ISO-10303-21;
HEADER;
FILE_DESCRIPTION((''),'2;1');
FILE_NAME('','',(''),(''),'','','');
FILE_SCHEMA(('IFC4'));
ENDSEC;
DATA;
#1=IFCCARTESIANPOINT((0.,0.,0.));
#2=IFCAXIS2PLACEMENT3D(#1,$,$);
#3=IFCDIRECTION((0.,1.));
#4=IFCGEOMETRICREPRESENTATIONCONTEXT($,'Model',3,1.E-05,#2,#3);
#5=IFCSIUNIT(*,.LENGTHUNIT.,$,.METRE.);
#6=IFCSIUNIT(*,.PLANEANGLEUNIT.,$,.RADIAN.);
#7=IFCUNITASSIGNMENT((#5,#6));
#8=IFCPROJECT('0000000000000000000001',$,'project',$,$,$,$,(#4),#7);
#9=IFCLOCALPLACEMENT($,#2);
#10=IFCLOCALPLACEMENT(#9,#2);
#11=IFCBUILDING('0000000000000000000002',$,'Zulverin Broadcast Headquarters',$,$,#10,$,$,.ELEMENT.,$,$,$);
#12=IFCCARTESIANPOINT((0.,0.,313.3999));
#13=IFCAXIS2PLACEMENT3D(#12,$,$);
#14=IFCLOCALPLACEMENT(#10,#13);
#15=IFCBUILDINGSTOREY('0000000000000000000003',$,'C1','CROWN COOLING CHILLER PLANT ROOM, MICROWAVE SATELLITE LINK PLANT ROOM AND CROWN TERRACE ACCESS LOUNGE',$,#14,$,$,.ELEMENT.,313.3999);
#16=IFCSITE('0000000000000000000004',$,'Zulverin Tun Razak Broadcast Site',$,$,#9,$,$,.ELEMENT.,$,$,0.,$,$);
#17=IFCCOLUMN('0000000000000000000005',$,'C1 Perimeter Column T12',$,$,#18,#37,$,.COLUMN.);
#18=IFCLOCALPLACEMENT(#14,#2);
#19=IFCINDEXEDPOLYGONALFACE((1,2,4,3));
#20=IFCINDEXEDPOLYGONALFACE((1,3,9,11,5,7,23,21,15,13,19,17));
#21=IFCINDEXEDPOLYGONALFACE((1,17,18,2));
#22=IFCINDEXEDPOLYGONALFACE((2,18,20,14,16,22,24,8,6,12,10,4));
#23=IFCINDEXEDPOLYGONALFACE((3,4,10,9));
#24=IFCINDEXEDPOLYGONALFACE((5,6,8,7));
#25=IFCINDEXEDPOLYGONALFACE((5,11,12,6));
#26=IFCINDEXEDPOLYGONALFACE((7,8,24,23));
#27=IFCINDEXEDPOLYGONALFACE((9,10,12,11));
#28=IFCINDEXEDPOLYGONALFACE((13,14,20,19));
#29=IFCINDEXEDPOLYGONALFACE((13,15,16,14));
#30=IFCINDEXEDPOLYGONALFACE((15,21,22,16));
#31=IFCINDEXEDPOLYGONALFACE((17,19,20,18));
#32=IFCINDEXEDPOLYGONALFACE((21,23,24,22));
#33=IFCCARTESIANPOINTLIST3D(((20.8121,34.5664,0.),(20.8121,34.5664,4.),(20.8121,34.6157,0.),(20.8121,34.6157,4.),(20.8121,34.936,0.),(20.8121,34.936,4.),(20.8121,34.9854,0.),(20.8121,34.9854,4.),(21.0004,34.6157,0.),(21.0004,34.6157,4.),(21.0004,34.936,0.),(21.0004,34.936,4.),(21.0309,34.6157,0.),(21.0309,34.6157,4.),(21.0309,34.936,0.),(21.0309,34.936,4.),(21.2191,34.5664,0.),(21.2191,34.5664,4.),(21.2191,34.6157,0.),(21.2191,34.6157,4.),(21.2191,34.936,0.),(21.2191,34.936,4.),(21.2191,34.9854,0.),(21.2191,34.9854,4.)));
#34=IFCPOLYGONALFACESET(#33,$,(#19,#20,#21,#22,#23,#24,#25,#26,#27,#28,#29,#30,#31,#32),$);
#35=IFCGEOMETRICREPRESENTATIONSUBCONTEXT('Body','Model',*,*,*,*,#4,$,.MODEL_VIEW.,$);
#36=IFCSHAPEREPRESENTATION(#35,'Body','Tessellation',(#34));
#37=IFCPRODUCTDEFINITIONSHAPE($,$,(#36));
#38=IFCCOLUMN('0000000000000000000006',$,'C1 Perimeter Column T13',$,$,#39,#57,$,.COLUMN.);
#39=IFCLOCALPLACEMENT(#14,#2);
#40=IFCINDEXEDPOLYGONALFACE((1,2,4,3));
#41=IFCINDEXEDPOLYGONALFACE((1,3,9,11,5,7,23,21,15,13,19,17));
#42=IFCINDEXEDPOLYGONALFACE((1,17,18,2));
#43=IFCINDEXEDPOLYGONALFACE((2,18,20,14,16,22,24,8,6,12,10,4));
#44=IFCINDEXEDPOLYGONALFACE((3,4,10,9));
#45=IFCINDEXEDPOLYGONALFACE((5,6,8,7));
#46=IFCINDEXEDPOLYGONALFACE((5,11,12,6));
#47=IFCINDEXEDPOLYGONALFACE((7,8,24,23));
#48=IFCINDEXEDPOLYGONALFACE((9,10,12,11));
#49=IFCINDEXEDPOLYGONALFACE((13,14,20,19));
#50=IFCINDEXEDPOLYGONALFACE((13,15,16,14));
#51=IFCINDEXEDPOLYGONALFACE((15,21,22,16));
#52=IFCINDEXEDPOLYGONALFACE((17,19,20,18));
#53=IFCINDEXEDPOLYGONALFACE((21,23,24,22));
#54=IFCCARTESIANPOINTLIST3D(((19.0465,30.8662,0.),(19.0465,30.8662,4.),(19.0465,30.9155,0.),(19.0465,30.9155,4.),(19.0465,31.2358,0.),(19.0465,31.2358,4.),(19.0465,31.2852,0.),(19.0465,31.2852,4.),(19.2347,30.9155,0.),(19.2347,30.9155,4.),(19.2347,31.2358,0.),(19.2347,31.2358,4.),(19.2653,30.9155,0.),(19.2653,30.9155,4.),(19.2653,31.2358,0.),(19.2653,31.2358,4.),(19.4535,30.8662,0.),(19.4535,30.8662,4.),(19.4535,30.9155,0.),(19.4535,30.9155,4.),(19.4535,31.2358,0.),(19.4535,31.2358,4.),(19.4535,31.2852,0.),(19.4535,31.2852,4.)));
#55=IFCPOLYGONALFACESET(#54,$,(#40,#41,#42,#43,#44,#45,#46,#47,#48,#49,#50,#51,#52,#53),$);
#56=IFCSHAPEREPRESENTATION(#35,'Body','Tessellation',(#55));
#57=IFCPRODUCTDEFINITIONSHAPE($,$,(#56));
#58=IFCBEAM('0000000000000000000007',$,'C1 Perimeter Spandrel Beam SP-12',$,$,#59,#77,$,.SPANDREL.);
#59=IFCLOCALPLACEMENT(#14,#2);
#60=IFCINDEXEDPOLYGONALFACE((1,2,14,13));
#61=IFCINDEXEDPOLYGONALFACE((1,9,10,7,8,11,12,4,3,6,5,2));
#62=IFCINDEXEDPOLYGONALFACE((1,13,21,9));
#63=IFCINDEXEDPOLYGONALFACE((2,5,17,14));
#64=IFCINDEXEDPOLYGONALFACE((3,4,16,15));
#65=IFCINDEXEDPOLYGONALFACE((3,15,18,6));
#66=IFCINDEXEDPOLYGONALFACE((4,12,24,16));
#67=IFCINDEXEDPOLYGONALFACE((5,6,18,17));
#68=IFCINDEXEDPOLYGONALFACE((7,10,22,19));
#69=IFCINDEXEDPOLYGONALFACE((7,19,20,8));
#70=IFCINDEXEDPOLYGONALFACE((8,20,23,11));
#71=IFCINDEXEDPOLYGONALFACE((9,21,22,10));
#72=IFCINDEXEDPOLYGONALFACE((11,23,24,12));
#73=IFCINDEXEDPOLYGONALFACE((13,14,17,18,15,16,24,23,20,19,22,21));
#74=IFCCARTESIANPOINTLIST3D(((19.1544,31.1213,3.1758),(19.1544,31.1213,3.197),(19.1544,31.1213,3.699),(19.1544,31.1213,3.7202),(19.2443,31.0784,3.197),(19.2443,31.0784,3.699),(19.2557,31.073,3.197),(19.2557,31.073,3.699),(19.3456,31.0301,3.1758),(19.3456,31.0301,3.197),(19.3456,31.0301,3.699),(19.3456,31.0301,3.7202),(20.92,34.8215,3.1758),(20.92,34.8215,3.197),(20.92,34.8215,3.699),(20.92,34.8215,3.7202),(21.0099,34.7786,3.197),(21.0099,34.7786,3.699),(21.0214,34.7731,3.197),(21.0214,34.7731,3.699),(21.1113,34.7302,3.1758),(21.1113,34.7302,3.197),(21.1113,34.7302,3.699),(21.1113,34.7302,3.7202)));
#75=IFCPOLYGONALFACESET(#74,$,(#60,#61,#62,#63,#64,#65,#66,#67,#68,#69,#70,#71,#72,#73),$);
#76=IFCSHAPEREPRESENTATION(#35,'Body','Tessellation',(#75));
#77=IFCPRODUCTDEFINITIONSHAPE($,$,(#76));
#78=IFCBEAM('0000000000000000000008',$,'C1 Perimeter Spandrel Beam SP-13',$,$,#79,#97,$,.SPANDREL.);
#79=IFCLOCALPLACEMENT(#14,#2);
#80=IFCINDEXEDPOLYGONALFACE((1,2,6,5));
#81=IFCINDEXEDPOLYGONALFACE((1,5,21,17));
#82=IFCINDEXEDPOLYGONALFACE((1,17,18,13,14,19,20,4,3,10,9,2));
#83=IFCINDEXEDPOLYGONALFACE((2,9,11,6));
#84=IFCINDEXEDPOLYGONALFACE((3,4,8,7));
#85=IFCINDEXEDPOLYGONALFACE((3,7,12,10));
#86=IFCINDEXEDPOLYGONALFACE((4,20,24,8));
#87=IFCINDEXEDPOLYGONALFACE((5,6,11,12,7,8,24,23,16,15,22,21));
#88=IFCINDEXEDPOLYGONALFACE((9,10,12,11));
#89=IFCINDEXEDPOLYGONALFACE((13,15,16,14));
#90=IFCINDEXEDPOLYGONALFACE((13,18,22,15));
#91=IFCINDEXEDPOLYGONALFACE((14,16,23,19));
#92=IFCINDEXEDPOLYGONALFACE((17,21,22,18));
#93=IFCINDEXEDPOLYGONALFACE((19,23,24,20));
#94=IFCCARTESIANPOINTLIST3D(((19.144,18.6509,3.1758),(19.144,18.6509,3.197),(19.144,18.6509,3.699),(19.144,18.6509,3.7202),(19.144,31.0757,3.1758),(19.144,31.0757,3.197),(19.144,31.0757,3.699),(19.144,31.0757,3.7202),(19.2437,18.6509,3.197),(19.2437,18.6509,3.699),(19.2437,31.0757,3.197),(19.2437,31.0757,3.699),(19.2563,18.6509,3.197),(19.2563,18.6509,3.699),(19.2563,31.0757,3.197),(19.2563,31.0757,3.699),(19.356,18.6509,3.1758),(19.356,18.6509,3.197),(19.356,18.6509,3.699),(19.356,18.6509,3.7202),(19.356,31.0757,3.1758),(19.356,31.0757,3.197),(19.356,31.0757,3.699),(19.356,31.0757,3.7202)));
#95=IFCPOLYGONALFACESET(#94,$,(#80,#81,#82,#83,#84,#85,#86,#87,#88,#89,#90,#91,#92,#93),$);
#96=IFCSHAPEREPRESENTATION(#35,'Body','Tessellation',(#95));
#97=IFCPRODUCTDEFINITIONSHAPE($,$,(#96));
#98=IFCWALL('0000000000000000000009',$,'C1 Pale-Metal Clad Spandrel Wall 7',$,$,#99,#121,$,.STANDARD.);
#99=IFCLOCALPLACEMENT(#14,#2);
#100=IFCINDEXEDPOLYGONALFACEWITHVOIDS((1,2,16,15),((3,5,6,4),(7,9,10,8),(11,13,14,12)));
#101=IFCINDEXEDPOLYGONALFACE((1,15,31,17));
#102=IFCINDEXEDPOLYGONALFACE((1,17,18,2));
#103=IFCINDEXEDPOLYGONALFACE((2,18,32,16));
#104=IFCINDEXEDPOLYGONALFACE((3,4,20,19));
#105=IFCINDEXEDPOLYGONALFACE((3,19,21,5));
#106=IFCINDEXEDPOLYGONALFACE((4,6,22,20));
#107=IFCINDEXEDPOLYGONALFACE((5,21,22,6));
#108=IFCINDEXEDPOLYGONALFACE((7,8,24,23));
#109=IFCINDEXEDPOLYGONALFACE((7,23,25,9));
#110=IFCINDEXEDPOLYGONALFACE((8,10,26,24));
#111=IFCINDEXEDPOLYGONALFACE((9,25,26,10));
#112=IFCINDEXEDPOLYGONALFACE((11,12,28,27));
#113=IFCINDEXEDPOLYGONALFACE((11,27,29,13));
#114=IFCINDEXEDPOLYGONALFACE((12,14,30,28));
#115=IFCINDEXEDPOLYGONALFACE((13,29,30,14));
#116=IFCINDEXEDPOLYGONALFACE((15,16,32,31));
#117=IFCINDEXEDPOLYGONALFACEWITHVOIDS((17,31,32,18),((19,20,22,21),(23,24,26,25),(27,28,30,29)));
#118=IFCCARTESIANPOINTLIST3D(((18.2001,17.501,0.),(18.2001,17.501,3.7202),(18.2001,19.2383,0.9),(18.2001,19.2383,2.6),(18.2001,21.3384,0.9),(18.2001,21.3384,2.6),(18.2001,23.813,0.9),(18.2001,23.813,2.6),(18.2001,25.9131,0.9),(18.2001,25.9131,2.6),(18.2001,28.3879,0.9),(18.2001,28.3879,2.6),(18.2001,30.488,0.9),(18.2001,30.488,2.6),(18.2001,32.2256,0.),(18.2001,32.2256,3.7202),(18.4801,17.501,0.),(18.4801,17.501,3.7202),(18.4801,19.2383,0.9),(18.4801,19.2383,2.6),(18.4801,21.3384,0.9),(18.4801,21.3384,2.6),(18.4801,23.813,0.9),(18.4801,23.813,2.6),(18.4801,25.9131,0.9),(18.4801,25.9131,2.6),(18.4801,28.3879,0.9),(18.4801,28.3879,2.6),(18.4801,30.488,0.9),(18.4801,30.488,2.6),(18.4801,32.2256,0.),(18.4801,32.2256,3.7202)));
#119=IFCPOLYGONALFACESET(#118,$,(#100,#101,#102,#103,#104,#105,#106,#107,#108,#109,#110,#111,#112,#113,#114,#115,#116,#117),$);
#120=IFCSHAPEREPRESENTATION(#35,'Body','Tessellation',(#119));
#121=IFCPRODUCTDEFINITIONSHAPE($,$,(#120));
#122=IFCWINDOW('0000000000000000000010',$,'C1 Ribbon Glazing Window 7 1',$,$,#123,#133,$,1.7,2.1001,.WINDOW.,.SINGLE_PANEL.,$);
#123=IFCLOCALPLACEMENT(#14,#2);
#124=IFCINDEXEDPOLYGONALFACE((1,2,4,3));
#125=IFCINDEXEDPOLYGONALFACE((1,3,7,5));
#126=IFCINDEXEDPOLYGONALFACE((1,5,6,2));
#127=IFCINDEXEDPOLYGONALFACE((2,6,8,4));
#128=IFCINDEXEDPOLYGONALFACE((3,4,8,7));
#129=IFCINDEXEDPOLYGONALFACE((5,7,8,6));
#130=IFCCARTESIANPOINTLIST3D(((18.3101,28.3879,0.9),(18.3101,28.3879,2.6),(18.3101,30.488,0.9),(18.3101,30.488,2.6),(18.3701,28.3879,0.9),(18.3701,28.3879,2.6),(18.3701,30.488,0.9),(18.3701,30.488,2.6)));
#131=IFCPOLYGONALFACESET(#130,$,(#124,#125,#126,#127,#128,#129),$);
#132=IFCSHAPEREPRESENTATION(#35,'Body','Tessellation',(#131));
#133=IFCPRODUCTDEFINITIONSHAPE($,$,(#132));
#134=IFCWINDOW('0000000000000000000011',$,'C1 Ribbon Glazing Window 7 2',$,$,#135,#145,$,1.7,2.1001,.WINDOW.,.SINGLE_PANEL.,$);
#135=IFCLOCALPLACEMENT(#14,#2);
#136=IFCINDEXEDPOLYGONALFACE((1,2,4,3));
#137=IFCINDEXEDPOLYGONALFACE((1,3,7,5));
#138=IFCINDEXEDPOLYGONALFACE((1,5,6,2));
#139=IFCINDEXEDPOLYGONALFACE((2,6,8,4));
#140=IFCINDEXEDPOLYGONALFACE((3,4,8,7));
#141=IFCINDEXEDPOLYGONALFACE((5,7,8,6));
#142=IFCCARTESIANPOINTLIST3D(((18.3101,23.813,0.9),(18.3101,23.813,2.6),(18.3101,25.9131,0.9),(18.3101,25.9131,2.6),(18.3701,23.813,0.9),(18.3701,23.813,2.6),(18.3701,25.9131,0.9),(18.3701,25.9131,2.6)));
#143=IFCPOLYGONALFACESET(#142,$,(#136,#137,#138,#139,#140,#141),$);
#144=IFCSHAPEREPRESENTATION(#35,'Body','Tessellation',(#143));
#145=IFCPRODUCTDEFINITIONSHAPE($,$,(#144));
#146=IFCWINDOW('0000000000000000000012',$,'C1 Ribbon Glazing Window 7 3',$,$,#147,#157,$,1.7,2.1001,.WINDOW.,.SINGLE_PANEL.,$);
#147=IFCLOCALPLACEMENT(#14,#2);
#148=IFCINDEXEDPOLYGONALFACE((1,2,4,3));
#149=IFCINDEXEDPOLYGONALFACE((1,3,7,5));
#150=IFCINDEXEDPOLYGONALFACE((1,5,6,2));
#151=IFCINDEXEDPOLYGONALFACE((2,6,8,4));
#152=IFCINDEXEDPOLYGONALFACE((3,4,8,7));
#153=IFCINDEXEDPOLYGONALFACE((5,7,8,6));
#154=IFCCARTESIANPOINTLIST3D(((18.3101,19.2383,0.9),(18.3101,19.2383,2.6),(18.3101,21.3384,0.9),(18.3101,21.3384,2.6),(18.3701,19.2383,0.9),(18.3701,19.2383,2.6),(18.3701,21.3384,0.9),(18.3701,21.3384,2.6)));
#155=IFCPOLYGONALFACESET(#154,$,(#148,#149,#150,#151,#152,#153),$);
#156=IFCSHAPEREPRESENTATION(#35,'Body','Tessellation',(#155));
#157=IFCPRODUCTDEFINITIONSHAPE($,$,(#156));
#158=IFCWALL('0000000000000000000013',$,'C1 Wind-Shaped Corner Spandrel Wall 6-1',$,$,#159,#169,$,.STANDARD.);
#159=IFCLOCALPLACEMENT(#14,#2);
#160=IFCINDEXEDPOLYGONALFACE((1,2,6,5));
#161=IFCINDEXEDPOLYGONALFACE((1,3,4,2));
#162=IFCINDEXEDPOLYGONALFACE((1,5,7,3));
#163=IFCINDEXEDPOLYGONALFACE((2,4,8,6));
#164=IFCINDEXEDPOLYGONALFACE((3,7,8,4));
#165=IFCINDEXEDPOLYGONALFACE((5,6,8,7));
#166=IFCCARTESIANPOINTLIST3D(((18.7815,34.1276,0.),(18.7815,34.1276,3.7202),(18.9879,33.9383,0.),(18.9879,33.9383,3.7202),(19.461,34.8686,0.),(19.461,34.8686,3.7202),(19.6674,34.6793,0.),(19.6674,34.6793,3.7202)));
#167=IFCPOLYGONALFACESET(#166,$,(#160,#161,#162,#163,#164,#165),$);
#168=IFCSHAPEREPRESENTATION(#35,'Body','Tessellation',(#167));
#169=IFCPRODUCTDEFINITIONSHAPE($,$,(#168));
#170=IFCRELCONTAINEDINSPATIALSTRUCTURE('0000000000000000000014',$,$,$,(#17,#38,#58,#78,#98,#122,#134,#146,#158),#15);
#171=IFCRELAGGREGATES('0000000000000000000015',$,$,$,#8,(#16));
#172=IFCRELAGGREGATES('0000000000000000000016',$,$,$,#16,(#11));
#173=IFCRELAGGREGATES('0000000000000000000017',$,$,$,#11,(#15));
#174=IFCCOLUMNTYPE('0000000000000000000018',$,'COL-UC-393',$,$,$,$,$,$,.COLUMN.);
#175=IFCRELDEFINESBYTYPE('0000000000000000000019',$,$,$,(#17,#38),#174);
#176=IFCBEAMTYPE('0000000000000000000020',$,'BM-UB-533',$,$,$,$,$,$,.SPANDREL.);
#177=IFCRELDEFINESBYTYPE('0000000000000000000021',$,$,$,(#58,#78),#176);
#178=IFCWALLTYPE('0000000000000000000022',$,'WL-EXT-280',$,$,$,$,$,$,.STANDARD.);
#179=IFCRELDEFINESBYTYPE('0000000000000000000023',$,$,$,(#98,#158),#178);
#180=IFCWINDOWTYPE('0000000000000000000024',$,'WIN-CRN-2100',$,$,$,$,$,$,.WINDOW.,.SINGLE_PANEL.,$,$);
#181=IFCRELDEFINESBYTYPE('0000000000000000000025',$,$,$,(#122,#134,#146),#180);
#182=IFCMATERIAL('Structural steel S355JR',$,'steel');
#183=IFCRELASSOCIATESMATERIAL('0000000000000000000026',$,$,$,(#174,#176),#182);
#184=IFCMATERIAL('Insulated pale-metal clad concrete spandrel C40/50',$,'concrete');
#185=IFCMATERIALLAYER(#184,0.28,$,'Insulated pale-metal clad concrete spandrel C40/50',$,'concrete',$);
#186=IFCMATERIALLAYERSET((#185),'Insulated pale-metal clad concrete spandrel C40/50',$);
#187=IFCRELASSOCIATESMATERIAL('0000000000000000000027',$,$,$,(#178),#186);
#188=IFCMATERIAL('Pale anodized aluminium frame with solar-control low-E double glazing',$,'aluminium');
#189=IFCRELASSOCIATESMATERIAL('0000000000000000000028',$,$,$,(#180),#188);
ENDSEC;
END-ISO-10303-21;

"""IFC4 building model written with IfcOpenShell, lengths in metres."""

from ifc_helpers import new_model, si_unit, direction, frame, frame_2d, origin, origin_2d, place, context, subcontext, project, spatial, rectangle, i_section, extrude, material, layer, layer_set, material_profile, profile_set, type_object, element, fill, save


model = new_model("IFC4")

# Units and contexts
model_context = context("Model", 3, precision=1e-05, world=origin(), true_north=direction((0.0, 1.0)))
body_context = subcontext(model_context, "Body", "Model", "MODEL_VIEW")
ifc_project = project(units=[si_unit("LENGTHUNIT", "METRE"), si_unit("PLANEANGLEUNIT", "RADIAN")], contexts=[model_context])

# Site, building, storey
site_placement = place(None, origin())
site = spatial("IfcSite", under=ifc_project, at=site_placement, Name="Zulverin Tun Razak Broadcast Site", CompositionType="ELEMENT", RefElevation=0.0)
building_placement = place(site_placement, origin())
building = spatial("IfcBuilding", under=site, at=building_placement, Name="Zulverin Broadcast Headquarters", CompositionType="ELEMENT")
storey_placement = place(building_placement, frame((0.0, 0.0, 313.3999)))
storey = spatial("IfcBuildingStorey", under=building, at=storey_placement, Name="C1", Description="CROWN COOLING CHILLER PLANT ROOM, MICROWAVE SATELLITE LINK PLANT ROOM AND CROWN TERRACE ACCESS LOUNGE", CompositionType="ELEMENT", Elevation=313.3999)

# Columns
ifc_material_1 = material(Name="Structural steel S355JR", Category="steel")
ifc_material_profile_1 = material_profile(ifc_material_1, i_section(OverallWidth=0.407, OverallDepth=0.4189, WebThickness=0.0305, FlangeThickness=0.0493, at=origin_2d()), Name="Structural steel S355JR", Category="steel")
ifc_profile_set_1 = profile_set([ifc_material_profile_1], Name="Structural steel S355JR")
column_type = type_object("IfcColumnType", Name="COL-UC-393", PredefinedType="COLUMN", material=ifc_profile_set_1)
for number, where, z_axis, x_axis, name in (
    (1, (21.0156, 34.7759, 0.0), (0.0, 0.0, 1.0), (1.0, 0.0, 0.0), "C1 Perimeter Column T12"),
    (2, (19.25, 31.0757, 0.0), (0.0, 0.0, 1.0), (1.0, 0.0, 0.0), "C1 Perimeter Column T13"),
):
    element("IfcColumn", number, at=place(storey_placement, frame(where, z_axis=z_axis, x_axis=x_axis)), inside=storey, type_object=column_type, Name=name, PredefinedType="COLUMN", context=body_context, shape_type="SweptSolid", body=[
        extrude(i_section(OverallWidth=0.407, OverallDepth=0.4189, WebThickness=0.0305, FlangeThickness=0.0493, at=origin_2d()), origin(), (0.0, 0.0, 1.0), 4.0),
    ])

# Beams
ifc_material_profile_2 = material_profile(ifc_material_1, i_section(OverallWidth=0.2119, OverallDepth=0.5444, WebThickness=0.0127, FlangeThickness=0.0212, at=origin_2d()), Name="Structural steel S355JR", Category="steel")
ifc_profile_set_2 = profile_set([ifc_material_profile_2], Name="Structural steel S355JR")
beam_type = type_object("IfcBeamType", Name="BM-UB-533", PredefinedType="SPANDREL", material=ifc_profile_set_2)
beam_1_placement = place(storey_placement, frame((21.0156, 34.7759, 3.448), z_axis=(-0.430655, -0.902517, 0.0), x_axis=(0.902517, -0.430655, 0.0)))
element("IfcBeam", 3, at=beam_1_placement, inside=storey, type_object=beam_type, Name="C1 Perimeter Spandrel Beam SP-12", PredefinedType="SPANDREL", context=body_context, shape_type="SweptSolid", body=[
    extrude(i_section(OverallWidth=0.2119, OverallDepth=0.5444, WebThickness=0.0127, FlangeThickness=0.0212, at=origin_2d()), origin(), (0.0, 0.0, 1.0), 4.0999),
])
beam_2_placement = place(storey_placement, frame((19.25, 31.0757, 3.448), z_axis=(0.0, -1.0, 0.0), x_axis=(1.0, 0.0, 0.0)))
element("IfcBeam", 4, at=beam_2_placement, inside=storey, type_object=beam_type, Name="C1 Perimeter Spandrel Beam SP-13", PredefinedType="SPANDREL", context=body_context, shape_type="SweptSolid", body=[
    extrude(i_section(OverallWidth=0.2119, OverallDepth=0.5444, WebThickness=0.0127, FlangeThickness=0.0212, at=origin_2d()), origin(), (0.0, 0.0, 1.0), 12.4248),
])

# Wall, openings, windows
ifc_material_2 = material(Name="Insulated pale-metal clad concrete spandrel C40/50", Category="concrete")
ifc_layer_1 = layer(ifc_material_2, 0.28, Name="Insulated pale-metal clad concrete spandrel C40/50", Category="concrete")
ifc_layer_set_1 = layer_set([ifc_layer_1], Name="Insulated pale-metal clad concrete spandrel C40/50")
wall_type_1 = type_object("IfcWallType", Name="WL-EXT-280", PredefinedType="STANDARD", material=ifc_layer_set_1)
wall_1_placement = place(storey_placement, frame((18.3401, 32.2256, 0.0), z_axis=(0.0, 0.0, 1.0), x_axis=(0.0, -1.0, 0.0)))
wall_1 = element("IfcWall", 5, at=wall_1_placement, inside=storey, type_object=wall_type_1, Name="C1 Pale-Metal Clad Spandrel Wall 7", PredefinedType="STANDARD", context=body_context, shape_type="SweptSolid", body=[
    extrude(rectangle(XDim=14.7246, YDim=0.28, at=frame_2d((7.3623, 0.0))), origin(), (0.0, 0.0, 1.0), 3.7202),
])
opening_1_placement = place(wall_1_placement, frame((1.7375, 0.0, 0.8999)))
opening_1 = element("IfcOpeningElement", 6, at=opening_1_placement, cuts=wall_1, PredefinedType="OPENING", context=body_context, shape_type="SweptSolid", body=[
    extrude(rectangle(XDim=2.1001, YDim=1.7, at=frame_2d((1.05, 0.8501))), frame((0.0, 0.1499, 0.0), z_axis=(0.0, -1.0, 0.0), x_axis=(1.0, 0.0, 0.0)), (0.0, 0.0, 1.0), 0.3),
])
opening_2_placement = place(wall_1_placement, frame((6.3125, 0.0, 0.8999)))
opening_2 = element("IfcOpeningElement", 7, at=opening_2_placement, cuts=wall_1, PredefinedType="OPENING", context=body_context, shape_type="SweptSolid", body=[
    extrude(rectangle(XDim=2.1001, YDim=1.7, at=frame_2d((1.05, 0.8501))), frame((0.0, 0.1499, 0.0), z_axis=(0.0, -1.0, 0.0), x_axis=(1.0, 0.0, 0.0)), (0.0, 0.0, 1.0), 0.3),
])
opening_3_placement = place(wall_1_placement, frame((10.8872, 0.0, 0.8999)))
opening_3 = element("IfcOpeningElement", 8, at=opening_3_placement, cuts=wall_1, PredefinedType="OPENING", context=body_context, shape_type="SweptSolid", body=[
    extrude(rectangle(XDim=2.1001, YDim=1.7, at=frame_2d((1.05, 0.8501))), frame((0.0, 0.1499, 0.0), z_axis=(0.0, -1.0, 0.0), x_axis=(1.0, 0.0, 0.0)), (0.0, 0.0, 1.0), 0.3),
])
ifc_material_3 = material(Name="Pale anodized aluminium frame with solar-control low-E double glazing", Category="aluminium")
window_type = type_object("IfcWindowType", Name="WIN-CRN-2100", PartitioningType="SINGLE_PANEL", PredefinedType="WINDOW", material=ifc_material_3)
window_1_placement = place(opening_1_placement, origin())
window_1 = element("IfcWindow", 9, at=window_1_placement, inside=storey, type_object=window_type, Name="C1 Ribbon Glazing Window 7 1", OverallHeight=1.7, OverallWidth=2.1001, PartitioningType="SINGLE_PANEL", PredefinedType="WINDOW", context=body_context, shape_type="SweptSolid", body=[
    extrude(rectangle(XDim=2.1001, YDim=1.7, at=frame_2d((1.05, 0.8501))), frame((0.0, 0.03, 0.0), z_axis=(0.0, -1.0, 0.0), x_axis=(1.0, 0.0, 0.0)), (0.0, 0.0, 1.0), 0.0601),
])
fill(opening_1, window_1)
window_2_placement = place(opening_2_placement, origin())
window_2 = element("IfcWindow", 10, at=window_2_placement, inside=storey, type_object=window_type, Name="C1 Ribbon Glazing Window 7 2", OverallHeight=1.7, OverallWidth=2.1001, PartitioningType="SINGLE_PANEL", PredefinedType="WINDOW", context=body_context, shape_type="SweptSolid", body=[
    extrude(rectangle(XDim=2.1001, YDim=1.7, at=frame_2d((1.05, 0.8501))), frame((0.0, 0.03, 0.0), z_axis=(0.0, -1.0, 0.0), x_axis=(1.0, 0.0, 0.0)), (0.0, 0.0, 1.0), 0.0601),
])
fill(opening_2, window_2)
window_3_placement = place(opening_3_placement, origin())
window_3 = element("IfcWindow", 11, at=window_3_placement, inside=storey, type_object=window_type, Name="C1 Ribbon Glazing Window 7 3", OverallHeight=1.7, OverallWidth=2.1001, PartitioningType="SINGLE_PANEL", PredefinedType="WINDOW", context=body_context, shape_type="SweptSolid", body=[
    extrude(rectangle(XDim=2.1001, YDim=1.7, at=frame_2d((1.05, 0.8501))), frame((0.0, 0.03, 0.0), z_axis=(0.0, -1.0, 0.0), x_axis=(1.0, 0.0, 0.0)), (0.0, 0.0, 1.0), 0.0601),
])
fill(opening_3, window_3)

# Wall
wall_2_placement = place(storey_placement, frame((19.5642, 34.7739, 0.0), z_axis=(0.0, 0.0, 1.0), x_axis=(-0.675846, -0.737043, 0.0)))
element("IfcWall", 12, at=wall_2_placement, inside=storey, type_object=wall_type_1, Name="C1 Wind-Shaped Corner Spandrel Wall 6-1", PredefinedType="STANDARD", context=body_context, shape_type="SweptSolid", body=[
    extrude(rectangle(XDim=1.0054, YDim=0.28, at=frame_2d((0.5027, 0.0))), origin(), (0.0, 0.0, 1.0), 3.7202),
])

save(model, "model.ifc")
